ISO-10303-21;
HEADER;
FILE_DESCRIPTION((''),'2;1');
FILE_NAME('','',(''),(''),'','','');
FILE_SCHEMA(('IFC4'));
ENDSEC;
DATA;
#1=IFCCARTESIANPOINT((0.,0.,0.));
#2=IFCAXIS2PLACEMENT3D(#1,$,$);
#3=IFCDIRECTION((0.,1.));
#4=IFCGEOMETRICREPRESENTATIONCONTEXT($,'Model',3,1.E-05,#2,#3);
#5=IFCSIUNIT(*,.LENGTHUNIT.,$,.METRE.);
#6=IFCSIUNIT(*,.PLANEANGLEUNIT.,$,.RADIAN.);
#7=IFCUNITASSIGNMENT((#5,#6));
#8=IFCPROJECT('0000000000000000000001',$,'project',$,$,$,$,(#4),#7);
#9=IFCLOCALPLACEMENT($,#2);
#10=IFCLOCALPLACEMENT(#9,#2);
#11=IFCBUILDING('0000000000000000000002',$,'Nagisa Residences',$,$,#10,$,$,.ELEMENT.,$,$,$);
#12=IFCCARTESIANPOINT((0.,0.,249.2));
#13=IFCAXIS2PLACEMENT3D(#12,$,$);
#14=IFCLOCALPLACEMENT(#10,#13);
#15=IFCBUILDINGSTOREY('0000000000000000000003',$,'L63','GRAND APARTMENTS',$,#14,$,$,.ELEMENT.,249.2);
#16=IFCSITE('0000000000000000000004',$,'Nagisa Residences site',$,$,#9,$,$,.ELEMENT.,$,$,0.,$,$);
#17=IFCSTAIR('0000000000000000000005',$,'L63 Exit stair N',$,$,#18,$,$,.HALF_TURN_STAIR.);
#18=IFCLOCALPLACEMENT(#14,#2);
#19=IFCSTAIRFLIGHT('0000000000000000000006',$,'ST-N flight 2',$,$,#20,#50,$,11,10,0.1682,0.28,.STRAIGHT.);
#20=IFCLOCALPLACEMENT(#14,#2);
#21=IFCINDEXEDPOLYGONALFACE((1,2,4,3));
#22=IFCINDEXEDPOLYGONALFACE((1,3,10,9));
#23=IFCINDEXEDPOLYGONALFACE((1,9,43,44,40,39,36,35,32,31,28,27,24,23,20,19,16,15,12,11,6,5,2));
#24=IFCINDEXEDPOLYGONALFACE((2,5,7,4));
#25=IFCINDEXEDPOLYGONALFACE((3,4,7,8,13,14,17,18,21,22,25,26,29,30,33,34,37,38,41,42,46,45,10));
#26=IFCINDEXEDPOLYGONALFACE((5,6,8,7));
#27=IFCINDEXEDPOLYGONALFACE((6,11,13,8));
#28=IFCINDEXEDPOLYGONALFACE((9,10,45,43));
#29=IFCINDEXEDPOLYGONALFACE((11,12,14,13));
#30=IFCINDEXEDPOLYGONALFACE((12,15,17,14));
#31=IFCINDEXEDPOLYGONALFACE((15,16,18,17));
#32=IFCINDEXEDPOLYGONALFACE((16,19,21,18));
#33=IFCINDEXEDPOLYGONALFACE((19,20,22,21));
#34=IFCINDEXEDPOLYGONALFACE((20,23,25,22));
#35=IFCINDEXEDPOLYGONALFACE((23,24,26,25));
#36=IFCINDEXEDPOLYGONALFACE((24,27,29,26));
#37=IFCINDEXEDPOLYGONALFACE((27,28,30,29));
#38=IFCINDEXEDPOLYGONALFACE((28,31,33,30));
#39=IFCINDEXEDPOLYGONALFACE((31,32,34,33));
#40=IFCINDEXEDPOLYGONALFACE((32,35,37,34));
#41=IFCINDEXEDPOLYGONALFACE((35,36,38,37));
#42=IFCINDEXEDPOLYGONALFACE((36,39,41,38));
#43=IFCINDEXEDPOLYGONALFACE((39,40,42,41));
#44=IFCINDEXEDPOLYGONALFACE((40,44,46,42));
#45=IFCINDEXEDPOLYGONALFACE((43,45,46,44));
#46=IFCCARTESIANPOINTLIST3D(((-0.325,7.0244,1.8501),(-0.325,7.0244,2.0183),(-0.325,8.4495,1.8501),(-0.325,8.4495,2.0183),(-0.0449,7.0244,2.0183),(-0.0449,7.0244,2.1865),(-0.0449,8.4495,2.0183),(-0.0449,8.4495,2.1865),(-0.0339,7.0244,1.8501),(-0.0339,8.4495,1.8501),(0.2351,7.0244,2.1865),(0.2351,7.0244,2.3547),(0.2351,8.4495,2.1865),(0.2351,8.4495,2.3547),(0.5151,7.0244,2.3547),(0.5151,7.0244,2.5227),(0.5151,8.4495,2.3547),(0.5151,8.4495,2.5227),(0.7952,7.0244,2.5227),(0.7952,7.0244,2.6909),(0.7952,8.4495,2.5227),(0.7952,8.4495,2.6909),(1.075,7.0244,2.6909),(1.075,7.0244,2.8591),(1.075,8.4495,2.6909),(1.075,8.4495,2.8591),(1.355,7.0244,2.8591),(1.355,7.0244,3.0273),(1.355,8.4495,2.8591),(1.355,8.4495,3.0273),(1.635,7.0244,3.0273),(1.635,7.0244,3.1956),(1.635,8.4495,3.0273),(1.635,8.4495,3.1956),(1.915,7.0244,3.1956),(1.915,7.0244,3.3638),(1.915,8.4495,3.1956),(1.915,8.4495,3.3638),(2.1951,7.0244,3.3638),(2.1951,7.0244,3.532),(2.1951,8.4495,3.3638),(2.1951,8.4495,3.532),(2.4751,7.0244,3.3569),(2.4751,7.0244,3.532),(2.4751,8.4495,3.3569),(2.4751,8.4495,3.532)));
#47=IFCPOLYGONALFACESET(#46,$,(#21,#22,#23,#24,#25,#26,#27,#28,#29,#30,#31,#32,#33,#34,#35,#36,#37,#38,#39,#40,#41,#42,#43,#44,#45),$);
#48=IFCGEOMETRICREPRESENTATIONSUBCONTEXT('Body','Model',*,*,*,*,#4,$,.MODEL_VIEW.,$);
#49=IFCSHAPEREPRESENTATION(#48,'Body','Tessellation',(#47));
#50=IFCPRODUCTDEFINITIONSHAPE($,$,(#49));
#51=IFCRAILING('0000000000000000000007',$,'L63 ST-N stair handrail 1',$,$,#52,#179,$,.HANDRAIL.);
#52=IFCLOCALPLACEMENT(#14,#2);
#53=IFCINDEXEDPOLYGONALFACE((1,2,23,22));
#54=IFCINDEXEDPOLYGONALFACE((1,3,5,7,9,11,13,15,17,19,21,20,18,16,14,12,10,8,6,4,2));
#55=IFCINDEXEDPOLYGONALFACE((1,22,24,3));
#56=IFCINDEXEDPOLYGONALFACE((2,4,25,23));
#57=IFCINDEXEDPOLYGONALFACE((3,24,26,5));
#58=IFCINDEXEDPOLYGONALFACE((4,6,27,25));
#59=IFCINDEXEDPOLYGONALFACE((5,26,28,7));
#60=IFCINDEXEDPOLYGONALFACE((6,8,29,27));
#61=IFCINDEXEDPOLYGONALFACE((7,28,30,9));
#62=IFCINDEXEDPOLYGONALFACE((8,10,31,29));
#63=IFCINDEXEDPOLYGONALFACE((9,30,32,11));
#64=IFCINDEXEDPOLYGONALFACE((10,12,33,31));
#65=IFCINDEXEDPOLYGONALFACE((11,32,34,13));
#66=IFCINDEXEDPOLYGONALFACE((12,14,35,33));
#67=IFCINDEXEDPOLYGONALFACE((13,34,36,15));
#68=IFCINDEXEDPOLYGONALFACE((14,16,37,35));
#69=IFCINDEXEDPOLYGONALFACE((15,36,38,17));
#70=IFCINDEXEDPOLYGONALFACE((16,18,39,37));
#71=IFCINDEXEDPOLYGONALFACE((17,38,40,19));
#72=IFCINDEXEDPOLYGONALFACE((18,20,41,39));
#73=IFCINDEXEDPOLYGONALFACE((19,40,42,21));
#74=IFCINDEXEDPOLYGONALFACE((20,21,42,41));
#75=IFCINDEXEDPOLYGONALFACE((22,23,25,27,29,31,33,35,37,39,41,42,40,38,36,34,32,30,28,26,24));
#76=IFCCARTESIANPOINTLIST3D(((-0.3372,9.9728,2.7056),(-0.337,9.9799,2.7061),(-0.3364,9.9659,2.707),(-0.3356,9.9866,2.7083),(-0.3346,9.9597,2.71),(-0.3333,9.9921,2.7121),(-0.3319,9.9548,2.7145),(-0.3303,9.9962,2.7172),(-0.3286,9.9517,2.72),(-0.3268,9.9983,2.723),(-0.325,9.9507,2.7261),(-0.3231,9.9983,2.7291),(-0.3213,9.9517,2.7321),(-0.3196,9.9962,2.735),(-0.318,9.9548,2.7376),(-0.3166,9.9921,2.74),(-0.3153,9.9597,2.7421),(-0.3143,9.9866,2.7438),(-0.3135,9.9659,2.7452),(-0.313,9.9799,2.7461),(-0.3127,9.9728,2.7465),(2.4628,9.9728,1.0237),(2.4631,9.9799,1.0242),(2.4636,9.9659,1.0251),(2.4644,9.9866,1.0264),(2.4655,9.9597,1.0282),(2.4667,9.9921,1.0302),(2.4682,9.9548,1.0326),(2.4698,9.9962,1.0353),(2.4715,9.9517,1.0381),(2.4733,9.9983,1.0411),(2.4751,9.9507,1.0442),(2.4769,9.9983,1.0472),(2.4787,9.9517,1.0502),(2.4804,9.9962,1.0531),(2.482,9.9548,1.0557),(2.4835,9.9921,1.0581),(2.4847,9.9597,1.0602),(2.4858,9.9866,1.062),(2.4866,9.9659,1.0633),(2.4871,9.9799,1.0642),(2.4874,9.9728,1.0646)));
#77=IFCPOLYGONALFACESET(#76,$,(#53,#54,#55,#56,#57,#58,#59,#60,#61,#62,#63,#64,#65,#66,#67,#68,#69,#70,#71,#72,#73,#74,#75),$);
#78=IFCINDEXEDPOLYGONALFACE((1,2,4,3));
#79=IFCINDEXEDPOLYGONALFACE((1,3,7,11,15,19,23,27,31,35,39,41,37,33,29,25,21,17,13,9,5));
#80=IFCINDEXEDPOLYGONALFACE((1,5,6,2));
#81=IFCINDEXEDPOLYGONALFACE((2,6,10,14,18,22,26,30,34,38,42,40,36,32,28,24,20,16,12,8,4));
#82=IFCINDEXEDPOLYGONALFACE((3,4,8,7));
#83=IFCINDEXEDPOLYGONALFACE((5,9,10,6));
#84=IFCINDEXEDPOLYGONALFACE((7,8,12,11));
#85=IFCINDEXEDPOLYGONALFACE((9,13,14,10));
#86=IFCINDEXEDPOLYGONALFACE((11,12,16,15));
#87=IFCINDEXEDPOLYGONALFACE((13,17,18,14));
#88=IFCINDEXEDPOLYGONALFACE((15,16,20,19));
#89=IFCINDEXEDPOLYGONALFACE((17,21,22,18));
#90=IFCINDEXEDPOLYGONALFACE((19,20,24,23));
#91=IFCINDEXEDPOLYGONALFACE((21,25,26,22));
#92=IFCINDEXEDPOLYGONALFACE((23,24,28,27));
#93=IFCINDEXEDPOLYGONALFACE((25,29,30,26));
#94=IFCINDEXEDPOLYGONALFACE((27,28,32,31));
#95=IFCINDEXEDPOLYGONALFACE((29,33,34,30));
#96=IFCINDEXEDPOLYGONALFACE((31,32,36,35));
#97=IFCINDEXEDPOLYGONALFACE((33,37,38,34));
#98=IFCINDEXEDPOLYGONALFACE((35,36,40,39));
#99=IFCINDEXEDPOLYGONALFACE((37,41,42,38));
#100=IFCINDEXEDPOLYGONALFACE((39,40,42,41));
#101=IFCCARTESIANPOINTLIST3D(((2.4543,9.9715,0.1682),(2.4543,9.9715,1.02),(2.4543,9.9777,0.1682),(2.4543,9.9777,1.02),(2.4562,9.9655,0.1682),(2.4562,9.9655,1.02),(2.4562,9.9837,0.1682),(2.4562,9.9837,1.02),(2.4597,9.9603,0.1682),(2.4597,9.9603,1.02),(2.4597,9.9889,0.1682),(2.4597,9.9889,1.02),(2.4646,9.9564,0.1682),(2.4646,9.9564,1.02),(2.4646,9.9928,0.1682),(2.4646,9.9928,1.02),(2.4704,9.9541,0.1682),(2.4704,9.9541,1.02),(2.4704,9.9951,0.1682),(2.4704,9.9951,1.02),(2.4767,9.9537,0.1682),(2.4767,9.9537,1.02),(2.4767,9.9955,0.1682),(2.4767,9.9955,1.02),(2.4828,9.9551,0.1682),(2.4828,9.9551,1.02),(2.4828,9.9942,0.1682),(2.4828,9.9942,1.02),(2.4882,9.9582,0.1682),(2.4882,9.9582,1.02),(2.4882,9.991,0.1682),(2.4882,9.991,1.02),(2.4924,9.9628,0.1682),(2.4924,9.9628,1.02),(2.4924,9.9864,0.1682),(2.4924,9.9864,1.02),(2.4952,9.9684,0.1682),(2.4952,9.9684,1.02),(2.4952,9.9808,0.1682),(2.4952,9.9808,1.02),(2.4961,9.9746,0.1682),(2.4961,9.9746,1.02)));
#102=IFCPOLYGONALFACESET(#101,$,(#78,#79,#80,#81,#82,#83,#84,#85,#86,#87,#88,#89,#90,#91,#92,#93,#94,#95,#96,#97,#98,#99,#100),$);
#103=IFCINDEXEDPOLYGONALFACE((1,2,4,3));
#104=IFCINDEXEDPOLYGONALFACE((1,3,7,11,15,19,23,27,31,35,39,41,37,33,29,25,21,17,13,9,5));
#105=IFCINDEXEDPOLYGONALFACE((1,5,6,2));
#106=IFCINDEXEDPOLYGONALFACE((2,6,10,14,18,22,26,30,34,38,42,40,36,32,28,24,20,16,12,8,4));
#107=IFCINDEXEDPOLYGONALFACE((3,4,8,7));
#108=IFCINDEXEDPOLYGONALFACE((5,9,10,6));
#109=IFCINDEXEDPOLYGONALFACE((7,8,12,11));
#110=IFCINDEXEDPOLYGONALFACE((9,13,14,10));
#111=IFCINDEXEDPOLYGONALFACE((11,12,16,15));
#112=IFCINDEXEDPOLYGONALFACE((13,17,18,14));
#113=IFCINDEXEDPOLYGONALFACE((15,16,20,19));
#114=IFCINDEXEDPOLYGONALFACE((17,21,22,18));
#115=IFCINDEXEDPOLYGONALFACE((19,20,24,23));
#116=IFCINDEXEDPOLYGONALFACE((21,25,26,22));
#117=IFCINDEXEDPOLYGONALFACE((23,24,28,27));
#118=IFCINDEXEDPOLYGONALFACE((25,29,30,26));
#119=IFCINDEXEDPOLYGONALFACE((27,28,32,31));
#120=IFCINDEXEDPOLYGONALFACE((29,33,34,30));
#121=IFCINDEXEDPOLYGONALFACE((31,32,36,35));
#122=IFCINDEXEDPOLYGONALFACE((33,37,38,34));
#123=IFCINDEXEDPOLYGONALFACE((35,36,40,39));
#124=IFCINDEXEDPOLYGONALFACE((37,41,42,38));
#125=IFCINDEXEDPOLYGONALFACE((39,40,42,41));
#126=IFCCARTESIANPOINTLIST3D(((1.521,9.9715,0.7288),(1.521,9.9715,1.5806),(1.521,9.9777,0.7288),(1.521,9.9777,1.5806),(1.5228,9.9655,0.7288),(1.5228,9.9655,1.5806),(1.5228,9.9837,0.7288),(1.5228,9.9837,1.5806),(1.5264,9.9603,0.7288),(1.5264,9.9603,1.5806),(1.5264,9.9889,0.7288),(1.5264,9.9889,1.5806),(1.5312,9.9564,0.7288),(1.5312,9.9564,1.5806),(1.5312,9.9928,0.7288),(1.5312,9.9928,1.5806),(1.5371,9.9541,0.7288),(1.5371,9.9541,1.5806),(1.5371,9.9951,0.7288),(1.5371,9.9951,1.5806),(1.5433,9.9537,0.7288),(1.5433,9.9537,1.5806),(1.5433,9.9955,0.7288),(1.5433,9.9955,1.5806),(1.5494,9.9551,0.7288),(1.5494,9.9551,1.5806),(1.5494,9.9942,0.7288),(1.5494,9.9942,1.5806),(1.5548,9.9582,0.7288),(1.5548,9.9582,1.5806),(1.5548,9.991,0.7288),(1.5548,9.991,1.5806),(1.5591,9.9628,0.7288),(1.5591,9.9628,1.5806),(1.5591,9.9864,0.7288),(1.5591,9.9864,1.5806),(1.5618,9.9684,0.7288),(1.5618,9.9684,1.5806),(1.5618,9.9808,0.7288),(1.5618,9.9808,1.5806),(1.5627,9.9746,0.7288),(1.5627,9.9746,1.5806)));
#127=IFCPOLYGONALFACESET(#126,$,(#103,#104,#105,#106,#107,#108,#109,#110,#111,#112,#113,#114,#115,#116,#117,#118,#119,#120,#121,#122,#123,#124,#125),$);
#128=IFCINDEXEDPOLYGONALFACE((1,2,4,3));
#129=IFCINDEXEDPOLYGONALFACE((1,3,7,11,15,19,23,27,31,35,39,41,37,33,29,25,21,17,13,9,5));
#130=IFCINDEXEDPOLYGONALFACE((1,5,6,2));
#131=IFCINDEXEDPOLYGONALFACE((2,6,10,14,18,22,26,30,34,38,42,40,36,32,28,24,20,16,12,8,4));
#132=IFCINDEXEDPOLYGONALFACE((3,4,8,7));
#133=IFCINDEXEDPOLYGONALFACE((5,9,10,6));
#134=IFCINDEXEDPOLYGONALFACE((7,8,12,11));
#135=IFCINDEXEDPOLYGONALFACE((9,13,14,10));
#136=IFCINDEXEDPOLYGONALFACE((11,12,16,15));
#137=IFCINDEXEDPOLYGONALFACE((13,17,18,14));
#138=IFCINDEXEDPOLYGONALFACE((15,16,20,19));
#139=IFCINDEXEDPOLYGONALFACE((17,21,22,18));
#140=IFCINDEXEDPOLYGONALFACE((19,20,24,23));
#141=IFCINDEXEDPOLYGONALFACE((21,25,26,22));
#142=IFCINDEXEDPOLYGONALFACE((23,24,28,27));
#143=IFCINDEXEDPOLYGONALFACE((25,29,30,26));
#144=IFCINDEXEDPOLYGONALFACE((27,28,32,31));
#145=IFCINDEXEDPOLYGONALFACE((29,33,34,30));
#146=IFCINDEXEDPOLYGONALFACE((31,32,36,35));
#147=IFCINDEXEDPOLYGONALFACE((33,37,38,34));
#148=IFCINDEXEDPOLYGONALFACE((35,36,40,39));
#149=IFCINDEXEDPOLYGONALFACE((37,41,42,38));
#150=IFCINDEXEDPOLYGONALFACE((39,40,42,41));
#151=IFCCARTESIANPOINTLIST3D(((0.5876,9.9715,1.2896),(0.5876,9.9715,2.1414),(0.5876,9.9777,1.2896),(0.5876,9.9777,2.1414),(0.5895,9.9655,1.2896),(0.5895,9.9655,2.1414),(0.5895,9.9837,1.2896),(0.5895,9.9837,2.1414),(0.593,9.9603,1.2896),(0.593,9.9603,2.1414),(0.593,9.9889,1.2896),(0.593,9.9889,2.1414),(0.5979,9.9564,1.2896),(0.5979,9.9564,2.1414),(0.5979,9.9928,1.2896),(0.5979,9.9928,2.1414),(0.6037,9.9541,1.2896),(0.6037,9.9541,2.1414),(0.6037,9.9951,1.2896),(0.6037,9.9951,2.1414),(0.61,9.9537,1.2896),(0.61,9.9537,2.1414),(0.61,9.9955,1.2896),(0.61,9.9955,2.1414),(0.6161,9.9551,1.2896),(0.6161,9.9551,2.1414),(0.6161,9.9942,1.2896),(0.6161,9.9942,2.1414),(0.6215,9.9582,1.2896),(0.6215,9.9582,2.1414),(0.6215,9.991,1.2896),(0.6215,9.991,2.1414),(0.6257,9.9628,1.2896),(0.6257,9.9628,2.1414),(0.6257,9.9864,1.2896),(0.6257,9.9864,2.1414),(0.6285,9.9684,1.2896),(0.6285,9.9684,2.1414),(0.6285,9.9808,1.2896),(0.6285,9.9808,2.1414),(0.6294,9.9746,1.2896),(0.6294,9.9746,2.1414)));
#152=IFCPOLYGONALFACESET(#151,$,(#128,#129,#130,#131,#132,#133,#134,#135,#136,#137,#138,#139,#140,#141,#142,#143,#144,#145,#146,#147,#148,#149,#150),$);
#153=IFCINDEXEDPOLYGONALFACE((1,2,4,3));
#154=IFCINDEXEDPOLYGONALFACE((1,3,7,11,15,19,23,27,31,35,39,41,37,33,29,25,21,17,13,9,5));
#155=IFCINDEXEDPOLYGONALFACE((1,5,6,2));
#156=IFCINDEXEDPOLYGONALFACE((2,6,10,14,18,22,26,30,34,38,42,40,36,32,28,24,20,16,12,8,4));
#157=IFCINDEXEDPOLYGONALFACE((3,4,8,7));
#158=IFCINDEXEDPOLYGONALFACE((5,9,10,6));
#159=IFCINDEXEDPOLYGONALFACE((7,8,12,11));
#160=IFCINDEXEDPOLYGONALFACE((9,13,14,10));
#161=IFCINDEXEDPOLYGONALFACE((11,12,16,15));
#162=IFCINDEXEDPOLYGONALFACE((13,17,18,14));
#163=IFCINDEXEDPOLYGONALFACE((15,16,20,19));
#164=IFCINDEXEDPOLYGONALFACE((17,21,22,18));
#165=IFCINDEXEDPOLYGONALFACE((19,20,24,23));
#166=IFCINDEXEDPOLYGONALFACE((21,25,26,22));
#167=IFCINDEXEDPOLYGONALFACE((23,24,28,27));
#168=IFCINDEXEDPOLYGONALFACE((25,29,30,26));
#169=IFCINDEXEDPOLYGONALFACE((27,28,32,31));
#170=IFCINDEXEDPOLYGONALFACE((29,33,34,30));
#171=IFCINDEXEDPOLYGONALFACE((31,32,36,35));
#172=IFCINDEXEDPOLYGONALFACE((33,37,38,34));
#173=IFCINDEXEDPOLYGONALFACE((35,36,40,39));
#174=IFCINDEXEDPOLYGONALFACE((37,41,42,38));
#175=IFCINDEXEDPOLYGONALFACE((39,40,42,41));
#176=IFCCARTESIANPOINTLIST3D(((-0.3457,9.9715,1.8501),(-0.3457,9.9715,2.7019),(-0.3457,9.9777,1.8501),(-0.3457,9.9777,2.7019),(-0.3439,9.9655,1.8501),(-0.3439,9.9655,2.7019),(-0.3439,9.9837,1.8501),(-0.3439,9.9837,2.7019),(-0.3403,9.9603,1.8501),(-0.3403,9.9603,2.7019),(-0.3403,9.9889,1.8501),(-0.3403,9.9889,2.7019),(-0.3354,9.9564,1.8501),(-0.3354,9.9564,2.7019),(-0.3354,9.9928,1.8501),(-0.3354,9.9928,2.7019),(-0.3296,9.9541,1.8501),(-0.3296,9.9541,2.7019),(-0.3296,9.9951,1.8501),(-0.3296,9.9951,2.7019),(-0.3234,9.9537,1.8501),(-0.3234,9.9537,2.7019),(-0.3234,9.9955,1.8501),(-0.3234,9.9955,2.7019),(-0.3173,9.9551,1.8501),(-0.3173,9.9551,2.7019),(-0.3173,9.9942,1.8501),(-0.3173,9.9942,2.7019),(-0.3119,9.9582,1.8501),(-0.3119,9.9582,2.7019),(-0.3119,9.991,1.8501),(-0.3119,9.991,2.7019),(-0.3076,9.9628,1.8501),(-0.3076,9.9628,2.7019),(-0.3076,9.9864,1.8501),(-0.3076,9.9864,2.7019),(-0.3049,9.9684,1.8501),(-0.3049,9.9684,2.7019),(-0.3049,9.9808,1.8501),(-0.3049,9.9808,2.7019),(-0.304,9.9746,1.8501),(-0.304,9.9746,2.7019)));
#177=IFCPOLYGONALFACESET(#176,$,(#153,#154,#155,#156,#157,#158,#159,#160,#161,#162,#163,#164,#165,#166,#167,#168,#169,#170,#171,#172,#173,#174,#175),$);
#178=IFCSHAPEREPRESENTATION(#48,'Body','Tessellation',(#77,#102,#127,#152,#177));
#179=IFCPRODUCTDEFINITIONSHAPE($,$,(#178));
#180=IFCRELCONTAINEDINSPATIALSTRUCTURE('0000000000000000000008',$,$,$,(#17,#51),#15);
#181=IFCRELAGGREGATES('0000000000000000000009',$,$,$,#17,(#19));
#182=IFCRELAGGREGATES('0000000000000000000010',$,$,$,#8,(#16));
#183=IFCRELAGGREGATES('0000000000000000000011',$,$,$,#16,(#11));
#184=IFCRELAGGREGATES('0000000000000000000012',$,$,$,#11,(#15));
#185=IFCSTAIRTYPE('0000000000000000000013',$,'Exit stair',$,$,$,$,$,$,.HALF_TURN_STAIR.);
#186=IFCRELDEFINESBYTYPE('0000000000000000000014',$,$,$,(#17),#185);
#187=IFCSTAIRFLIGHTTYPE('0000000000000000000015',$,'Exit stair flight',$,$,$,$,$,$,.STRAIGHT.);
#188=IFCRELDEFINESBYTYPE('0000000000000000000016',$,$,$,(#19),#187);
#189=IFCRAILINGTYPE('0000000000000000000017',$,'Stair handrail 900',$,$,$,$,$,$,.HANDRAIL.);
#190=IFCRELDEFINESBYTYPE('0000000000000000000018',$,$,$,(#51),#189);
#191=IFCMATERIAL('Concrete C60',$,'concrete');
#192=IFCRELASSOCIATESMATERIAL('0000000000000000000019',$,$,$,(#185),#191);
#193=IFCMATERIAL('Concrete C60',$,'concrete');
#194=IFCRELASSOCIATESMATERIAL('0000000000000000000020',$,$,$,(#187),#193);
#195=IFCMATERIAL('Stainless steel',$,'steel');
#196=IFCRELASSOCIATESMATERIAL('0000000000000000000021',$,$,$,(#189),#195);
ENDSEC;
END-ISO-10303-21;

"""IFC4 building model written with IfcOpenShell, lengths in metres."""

from ifc_helpers import new_model, si_unit, direction, frame, origin, origin_2d, place, context, subcontext, project, spatial, polyline, circle, outline, extrude, material, type_object, element, aggregate, save


model = new_model("IFC4")

# Units and contexts
model_context = context("Model", 3, precision=1e-05, world=origin(), true_north=direction((0.0, 1.0)))
body_context = subcontext(model_context, "Body", "Model", "MODEL_VIEW")
ifc_project = project(units=[si_unit("LENGTHUNIT", "METRE"), si_unit("PLANEANGLEUNIT", "RADIAN")], contexts=[model_context])

# Site, building, storey
site_placement = place(None, origin())
site = spatial("IfcSite", under=ifc_project, at=site_placement, Name="Nagisa Residences site", CompositionType="ELEMENT", RefElevation=0.0)
building_placement = place(site_placement, origin())
building = spatial("IfcBuilding", under=site, at=building_placement, Name="Nagisa Residences", CompositionType="ELEMENT")
storey_placement = place(building_placement, frame((0.0, 0.0, 249.2)))
storey = spatial("IfcBuildingStorey", under=building, at=storey_placement, Name="L63", Description="GRAND APARTMENTS", CompositionType="ELEMENT", Elevation=249.2)

# Stair
ifc_material_1 = material(Name="Concrete C60", Category="concrete")
stair_type = type_object("IfcStairType", Name="Exit stair", PredefinedType="HALF_TURN_STAIR", material=ifc_material_1)
stair_1_placement = place(storey_placement, origin())
stair_1 = element("IfcStair", 1, at=stair_1_placement, inside=storey, type_object=stair_type, Name="L63 Exit stair N", PredefinedType="HALF_TURN_STAIR")

# Stair flight
ifc_material_2 = material(Name="Concrete C60", Category="concrete")
stair_flight_type = type_object("IfcStairFlightType", Name="Exit stair flight", PredefinedType="STRAIGHT", material=ifc_material_2)
stair_flight_1_placement = place(storey_placement, frame((-0.325, 7.7371, 1.8501), z_axis=(0.0, 0.0, 1.0), x_axis=(1.0, 0.0, 0.0)))
stair_flight_1 = element("IfcStairFlight", 2, at=stair_flight_1_placement, type_object=stair_flight_type, Name="ST-N flight 2", NumberOfRisers=11, NumberOfTreads=10, PredefinedType="STRAIGHT", RiserHeight=0.1682, TreadLength=0.28, context=body_context, shape_type="SweptSolid", body=[
    extrude(outline(polyline([(0.0, 0.0), (0.0, 0.1682), (0.28, 0.1682), (0.28, 0.3364), (0.5601, 0.3364), (0.5601, 0.5046), (0.8401, 0.5046), (0.8401, 0.6726), (1.1201, 0.6726), (1.1201, 0.8408), (1.3999, 0.8408), (1.3999, 1.009), (1.6799, 1.009), (1.6799, 1.1772), (1.96, 1.1772), (1.96, 1.3455), (2.24, 1.3455), (2.24, 1.5137), (2.52, 1.5137), (2.52, 1.6819), (2.8, 1.6819), (2.8, 1.8501), (2.8, 1.5068), (0.291, 0.0), (0.0, 0.0)])), frame((0.0, 0.7124, 0.0), z_axis=(0.0, -1.0, 0.0), x_axis=(1.0, 0.0, 0.0)), (0.0, 0.0, 1.0), 1.425),
])
aggregate(stair_1, [stair_flight_1])

# Railing
ifc_material_3 = material(Name="Stainless steel", Category="steel")
railing_type_1 = type_object("IfcRailingType", Name="Stair handrail 900", PredefinedType="HANDRAIL", material=ifc_material_3)
railing_1_placement = place(storey_placement, frame((2.4751, 9.9746, 0.1682)))
element("IfcRailing", 3, at=railing_1_placement, inside=storey, type_object=railing_type_1, Name="L63 ST-N stair handrail 1", PredefinedType="HANDRAIL", context=body_context, shape_type="SweptSolid", body=[
    extrude(circle(Radius=0.0239, at=origin_2d()), frame((0.0, 0.0, 0.876), z_axis=(-0.857242, 0.0, 0.514913), x_axis=(0.0, -1.0, 0.0)), (0.0, 0.0, 1.0), 3.2664),
    extrude(circle(Radius=0.021, at=origin_2d()), origin(), (0.0, 0.0, 1.0), 0.8518),
    extrude(circle(Radius=0.021, at=origin_2d()), frame((-0.9333, 0.0, 0.5605)), (0.0, 0.0, 1.0), 0.8518),
    extrude(circle(Radius=0.021, at=origin_2d()), frame((-1.8667, 0.0, 1.1213)), (0.0, 0.0, 1.0), 0.8518),
    extrude(circle(Radius=0.021, at=origin_2d()), frame((-2.8, 0.0, 1.6819)), (0.0, 0.0, 1.0), 0.8518),
])

save(model, "model.ifc")
